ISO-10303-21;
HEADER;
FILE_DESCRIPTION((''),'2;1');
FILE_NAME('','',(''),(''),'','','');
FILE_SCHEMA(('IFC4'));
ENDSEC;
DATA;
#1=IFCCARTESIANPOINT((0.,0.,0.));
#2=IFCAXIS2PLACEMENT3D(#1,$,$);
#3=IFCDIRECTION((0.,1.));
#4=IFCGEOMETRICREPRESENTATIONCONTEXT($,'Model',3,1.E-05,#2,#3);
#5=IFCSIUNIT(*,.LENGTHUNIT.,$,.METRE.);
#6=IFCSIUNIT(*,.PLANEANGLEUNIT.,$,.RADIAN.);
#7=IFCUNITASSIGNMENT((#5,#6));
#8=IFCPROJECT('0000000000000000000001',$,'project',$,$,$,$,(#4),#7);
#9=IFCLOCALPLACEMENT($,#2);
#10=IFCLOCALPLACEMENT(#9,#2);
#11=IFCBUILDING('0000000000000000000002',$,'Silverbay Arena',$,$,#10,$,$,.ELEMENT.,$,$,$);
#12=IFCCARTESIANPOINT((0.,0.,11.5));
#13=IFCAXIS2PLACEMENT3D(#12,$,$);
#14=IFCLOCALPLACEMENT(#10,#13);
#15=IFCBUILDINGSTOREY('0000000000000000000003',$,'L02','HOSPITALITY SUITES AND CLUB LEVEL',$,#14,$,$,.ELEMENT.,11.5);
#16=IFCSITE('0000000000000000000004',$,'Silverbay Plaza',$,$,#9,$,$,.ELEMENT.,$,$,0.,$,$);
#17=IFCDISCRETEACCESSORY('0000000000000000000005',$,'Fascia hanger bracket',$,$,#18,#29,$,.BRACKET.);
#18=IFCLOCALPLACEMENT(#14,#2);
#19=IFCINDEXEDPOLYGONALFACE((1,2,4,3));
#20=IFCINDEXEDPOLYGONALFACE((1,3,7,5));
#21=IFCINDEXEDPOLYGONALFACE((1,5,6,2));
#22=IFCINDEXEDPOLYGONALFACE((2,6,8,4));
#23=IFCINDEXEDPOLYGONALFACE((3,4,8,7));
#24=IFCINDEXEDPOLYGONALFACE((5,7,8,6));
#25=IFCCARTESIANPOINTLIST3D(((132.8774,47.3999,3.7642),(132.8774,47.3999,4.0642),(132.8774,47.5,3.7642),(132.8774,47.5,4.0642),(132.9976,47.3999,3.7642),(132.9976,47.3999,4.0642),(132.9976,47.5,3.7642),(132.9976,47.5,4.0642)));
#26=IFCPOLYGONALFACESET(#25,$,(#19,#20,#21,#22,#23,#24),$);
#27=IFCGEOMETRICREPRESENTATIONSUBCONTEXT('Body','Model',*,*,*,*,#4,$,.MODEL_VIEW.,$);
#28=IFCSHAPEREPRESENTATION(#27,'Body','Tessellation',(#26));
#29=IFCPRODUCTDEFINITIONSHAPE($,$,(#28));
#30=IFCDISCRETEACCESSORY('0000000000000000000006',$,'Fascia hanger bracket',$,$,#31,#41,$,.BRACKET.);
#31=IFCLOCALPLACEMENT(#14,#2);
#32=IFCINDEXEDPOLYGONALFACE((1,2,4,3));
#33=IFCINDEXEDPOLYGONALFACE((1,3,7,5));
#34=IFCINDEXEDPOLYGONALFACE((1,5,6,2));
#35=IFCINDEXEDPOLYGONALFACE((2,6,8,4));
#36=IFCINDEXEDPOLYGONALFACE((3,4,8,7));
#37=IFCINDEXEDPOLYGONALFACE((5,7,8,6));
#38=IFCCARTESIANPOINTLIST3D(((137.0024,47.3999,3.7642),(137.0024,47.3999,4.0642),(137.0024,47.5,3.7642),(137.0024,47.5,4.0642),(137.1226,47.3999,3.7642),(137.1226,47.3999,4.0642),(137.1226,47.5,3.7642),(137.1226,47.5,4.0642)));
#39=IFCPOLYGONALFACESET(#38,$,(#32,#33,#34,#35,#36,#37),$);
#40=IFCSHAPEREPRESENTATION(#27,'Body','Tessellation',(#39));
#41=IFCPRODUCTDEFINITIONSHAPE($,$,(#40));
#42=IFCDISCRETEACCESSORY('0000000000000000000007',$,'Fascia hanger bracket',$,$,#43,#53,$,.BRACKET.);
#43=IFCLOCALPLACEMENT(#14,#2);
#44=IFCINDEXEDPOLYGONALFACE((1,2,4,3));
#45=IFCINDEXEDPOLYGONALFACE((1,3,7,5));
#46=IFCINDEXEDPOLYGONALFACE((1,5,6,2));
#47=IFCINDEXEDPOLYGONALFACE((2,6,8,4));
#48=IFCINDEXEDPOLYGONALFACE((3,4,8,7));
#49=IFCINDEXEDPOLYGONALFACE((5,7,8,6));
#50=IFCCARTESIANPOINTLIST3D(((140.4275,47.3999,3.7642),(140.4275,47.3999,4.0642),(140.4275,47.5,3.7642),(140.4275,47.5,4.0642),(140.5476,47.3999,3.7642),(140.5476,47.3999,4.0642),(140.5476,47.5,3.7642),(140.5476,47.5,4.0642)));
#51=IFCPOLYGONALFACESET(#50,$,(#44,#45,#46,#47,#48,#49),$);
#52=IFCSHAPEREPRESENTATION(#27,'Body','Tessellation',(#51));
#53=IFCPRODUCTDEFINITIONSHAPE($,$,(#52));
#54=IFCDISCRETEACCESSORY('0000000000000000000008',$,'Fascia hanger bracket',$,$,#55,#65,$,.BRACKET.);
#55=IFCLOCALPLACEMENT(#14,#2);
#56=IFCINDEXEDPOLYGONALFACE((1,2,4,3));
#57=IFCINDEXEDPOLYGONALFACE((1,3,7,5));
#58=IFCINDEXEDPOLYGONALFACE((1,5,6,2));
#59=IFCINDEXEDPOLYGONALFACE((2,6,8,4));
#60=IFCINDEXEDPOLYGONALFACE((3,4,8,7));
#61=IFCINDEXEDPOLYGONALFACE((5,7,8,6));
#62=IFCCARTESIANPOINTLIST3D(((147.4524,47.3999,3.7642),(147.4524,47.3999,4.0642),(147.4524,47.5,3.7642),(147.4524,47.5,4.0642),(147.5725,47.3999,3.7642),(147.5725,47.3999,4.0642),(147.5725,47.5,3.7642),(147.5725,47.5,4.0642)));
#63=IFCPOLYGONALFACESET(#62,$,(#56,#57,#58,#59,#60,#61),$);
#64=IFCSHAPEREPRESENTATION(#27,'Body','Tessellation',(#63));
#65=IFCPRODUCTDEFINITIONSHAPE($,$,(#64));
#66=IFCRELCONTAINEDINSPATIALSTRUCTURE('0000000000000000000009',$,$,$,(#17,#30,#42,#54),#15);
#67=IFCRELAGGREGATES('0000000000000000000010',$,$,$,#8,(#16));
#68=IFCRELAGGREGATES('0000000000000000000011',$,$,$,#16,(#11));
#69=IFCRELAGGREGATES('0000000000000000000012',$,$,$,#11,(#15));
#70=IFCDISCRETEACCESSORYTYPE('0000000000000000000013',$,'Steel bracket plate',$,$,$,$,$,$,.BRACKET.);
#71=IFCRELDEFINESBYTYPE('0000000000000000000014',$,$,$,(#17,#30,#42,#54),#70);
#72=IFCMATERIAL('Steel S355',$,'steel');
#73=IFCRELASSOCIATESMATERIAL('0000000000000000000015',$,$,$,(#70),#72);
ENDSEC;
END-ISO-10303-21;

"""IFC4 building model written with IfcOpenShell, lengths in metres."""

from ifc_helpers import new_model, si_unit, direction, frame, origin, origin_2d, place, context, subcontext, project, spatial, rectangle, extrude, material, type_object, element, save


model = new_model("IFC4")

# Units and contexts
model_context = context("Model", 3, precision=1e-05, world=origin(), true_north=direction((0.0, 1.0)))
body_context = subcontext(model_context, "Body", "Model", "MODEL_VIEW")
ifc_project = project(units=[si_unit("LENGTHUNIT", "METRE"), si_unit("PLANEANGLEUNIT", "RADIAN")], contexts=[model_context])

# Site, building, storey
site_placement = place(None, origin())
site = spatial("IfcSite", under=ifc_project, at=site_placement, Name="Silverbay Plaza", CompositionType="ELEMENT", RefElevation=0.0)
building_placement = place(site_placement, origin())
building = spatial("IfcBuilding", under=site, at=building_placement, Name="Silverbay Arena", CompositionType="ELEMENT")
storey_placement = place(building_placement, frame((0.0, 0.0, 11.5)))
storey = spatial("IfcBuildingStorey", under=building, at=storey_placement, Name="L02", Description="HOSPITALITY SUITES AND CLUB LEVEL", CompositionType="ELEMENT", Elevation=11.5)

# Discrete accessories
ifc_material_1 = material(Name="Steel S355", Category="steel")
discrete_accessory_type = type_object("IfcDiscreteAccessoryType", Name="Steel bracket plate", PredefinedType="BRACKET", material=ifc_material_1)
for number, where, z_axis, x_axis, name in (
    (1, (132.9375, 47.45, 3.7642), (0.0, 0.0, 1.0), (1.0, 0.0, 0.0), "Fascia hanger bracket"),
    (2, (137.0625, 47.45, 3.7642), (0.0, 0.0, 1.0), (1.0, 0.0, 0.0), "Fascia hanger bracket"),
    (3, (140.4875, 47.45, 3.7642), (0.0, 0.0, 1.0), (1.0, 0.0, 0.0), "Fascia hanger bracket"),
    (4, (147.5125, 47.45, 3.7642), (0.0, 0.0, 1.0), (1.0, 0.0, 0.0), "Fascia hanger bracket"),
):
    element("IfcDiscreteAccessory", number, at=place(storey_placement, frame(where, z_axis=z_axis, x_axis=x_axis)), inside=storey, type_object=discrete_accessory_type, Name=name, PredefinedType="BRACKET", context=body_context, shape_type="SweptSolid", body=[
        extrude(rectangle(XDim=0.1201, YDim=0.1001, at=origin_2d()), origin(), (0.0, 0.0, 1.0), 0.3),
    ])

save(model, "model.ifc")
